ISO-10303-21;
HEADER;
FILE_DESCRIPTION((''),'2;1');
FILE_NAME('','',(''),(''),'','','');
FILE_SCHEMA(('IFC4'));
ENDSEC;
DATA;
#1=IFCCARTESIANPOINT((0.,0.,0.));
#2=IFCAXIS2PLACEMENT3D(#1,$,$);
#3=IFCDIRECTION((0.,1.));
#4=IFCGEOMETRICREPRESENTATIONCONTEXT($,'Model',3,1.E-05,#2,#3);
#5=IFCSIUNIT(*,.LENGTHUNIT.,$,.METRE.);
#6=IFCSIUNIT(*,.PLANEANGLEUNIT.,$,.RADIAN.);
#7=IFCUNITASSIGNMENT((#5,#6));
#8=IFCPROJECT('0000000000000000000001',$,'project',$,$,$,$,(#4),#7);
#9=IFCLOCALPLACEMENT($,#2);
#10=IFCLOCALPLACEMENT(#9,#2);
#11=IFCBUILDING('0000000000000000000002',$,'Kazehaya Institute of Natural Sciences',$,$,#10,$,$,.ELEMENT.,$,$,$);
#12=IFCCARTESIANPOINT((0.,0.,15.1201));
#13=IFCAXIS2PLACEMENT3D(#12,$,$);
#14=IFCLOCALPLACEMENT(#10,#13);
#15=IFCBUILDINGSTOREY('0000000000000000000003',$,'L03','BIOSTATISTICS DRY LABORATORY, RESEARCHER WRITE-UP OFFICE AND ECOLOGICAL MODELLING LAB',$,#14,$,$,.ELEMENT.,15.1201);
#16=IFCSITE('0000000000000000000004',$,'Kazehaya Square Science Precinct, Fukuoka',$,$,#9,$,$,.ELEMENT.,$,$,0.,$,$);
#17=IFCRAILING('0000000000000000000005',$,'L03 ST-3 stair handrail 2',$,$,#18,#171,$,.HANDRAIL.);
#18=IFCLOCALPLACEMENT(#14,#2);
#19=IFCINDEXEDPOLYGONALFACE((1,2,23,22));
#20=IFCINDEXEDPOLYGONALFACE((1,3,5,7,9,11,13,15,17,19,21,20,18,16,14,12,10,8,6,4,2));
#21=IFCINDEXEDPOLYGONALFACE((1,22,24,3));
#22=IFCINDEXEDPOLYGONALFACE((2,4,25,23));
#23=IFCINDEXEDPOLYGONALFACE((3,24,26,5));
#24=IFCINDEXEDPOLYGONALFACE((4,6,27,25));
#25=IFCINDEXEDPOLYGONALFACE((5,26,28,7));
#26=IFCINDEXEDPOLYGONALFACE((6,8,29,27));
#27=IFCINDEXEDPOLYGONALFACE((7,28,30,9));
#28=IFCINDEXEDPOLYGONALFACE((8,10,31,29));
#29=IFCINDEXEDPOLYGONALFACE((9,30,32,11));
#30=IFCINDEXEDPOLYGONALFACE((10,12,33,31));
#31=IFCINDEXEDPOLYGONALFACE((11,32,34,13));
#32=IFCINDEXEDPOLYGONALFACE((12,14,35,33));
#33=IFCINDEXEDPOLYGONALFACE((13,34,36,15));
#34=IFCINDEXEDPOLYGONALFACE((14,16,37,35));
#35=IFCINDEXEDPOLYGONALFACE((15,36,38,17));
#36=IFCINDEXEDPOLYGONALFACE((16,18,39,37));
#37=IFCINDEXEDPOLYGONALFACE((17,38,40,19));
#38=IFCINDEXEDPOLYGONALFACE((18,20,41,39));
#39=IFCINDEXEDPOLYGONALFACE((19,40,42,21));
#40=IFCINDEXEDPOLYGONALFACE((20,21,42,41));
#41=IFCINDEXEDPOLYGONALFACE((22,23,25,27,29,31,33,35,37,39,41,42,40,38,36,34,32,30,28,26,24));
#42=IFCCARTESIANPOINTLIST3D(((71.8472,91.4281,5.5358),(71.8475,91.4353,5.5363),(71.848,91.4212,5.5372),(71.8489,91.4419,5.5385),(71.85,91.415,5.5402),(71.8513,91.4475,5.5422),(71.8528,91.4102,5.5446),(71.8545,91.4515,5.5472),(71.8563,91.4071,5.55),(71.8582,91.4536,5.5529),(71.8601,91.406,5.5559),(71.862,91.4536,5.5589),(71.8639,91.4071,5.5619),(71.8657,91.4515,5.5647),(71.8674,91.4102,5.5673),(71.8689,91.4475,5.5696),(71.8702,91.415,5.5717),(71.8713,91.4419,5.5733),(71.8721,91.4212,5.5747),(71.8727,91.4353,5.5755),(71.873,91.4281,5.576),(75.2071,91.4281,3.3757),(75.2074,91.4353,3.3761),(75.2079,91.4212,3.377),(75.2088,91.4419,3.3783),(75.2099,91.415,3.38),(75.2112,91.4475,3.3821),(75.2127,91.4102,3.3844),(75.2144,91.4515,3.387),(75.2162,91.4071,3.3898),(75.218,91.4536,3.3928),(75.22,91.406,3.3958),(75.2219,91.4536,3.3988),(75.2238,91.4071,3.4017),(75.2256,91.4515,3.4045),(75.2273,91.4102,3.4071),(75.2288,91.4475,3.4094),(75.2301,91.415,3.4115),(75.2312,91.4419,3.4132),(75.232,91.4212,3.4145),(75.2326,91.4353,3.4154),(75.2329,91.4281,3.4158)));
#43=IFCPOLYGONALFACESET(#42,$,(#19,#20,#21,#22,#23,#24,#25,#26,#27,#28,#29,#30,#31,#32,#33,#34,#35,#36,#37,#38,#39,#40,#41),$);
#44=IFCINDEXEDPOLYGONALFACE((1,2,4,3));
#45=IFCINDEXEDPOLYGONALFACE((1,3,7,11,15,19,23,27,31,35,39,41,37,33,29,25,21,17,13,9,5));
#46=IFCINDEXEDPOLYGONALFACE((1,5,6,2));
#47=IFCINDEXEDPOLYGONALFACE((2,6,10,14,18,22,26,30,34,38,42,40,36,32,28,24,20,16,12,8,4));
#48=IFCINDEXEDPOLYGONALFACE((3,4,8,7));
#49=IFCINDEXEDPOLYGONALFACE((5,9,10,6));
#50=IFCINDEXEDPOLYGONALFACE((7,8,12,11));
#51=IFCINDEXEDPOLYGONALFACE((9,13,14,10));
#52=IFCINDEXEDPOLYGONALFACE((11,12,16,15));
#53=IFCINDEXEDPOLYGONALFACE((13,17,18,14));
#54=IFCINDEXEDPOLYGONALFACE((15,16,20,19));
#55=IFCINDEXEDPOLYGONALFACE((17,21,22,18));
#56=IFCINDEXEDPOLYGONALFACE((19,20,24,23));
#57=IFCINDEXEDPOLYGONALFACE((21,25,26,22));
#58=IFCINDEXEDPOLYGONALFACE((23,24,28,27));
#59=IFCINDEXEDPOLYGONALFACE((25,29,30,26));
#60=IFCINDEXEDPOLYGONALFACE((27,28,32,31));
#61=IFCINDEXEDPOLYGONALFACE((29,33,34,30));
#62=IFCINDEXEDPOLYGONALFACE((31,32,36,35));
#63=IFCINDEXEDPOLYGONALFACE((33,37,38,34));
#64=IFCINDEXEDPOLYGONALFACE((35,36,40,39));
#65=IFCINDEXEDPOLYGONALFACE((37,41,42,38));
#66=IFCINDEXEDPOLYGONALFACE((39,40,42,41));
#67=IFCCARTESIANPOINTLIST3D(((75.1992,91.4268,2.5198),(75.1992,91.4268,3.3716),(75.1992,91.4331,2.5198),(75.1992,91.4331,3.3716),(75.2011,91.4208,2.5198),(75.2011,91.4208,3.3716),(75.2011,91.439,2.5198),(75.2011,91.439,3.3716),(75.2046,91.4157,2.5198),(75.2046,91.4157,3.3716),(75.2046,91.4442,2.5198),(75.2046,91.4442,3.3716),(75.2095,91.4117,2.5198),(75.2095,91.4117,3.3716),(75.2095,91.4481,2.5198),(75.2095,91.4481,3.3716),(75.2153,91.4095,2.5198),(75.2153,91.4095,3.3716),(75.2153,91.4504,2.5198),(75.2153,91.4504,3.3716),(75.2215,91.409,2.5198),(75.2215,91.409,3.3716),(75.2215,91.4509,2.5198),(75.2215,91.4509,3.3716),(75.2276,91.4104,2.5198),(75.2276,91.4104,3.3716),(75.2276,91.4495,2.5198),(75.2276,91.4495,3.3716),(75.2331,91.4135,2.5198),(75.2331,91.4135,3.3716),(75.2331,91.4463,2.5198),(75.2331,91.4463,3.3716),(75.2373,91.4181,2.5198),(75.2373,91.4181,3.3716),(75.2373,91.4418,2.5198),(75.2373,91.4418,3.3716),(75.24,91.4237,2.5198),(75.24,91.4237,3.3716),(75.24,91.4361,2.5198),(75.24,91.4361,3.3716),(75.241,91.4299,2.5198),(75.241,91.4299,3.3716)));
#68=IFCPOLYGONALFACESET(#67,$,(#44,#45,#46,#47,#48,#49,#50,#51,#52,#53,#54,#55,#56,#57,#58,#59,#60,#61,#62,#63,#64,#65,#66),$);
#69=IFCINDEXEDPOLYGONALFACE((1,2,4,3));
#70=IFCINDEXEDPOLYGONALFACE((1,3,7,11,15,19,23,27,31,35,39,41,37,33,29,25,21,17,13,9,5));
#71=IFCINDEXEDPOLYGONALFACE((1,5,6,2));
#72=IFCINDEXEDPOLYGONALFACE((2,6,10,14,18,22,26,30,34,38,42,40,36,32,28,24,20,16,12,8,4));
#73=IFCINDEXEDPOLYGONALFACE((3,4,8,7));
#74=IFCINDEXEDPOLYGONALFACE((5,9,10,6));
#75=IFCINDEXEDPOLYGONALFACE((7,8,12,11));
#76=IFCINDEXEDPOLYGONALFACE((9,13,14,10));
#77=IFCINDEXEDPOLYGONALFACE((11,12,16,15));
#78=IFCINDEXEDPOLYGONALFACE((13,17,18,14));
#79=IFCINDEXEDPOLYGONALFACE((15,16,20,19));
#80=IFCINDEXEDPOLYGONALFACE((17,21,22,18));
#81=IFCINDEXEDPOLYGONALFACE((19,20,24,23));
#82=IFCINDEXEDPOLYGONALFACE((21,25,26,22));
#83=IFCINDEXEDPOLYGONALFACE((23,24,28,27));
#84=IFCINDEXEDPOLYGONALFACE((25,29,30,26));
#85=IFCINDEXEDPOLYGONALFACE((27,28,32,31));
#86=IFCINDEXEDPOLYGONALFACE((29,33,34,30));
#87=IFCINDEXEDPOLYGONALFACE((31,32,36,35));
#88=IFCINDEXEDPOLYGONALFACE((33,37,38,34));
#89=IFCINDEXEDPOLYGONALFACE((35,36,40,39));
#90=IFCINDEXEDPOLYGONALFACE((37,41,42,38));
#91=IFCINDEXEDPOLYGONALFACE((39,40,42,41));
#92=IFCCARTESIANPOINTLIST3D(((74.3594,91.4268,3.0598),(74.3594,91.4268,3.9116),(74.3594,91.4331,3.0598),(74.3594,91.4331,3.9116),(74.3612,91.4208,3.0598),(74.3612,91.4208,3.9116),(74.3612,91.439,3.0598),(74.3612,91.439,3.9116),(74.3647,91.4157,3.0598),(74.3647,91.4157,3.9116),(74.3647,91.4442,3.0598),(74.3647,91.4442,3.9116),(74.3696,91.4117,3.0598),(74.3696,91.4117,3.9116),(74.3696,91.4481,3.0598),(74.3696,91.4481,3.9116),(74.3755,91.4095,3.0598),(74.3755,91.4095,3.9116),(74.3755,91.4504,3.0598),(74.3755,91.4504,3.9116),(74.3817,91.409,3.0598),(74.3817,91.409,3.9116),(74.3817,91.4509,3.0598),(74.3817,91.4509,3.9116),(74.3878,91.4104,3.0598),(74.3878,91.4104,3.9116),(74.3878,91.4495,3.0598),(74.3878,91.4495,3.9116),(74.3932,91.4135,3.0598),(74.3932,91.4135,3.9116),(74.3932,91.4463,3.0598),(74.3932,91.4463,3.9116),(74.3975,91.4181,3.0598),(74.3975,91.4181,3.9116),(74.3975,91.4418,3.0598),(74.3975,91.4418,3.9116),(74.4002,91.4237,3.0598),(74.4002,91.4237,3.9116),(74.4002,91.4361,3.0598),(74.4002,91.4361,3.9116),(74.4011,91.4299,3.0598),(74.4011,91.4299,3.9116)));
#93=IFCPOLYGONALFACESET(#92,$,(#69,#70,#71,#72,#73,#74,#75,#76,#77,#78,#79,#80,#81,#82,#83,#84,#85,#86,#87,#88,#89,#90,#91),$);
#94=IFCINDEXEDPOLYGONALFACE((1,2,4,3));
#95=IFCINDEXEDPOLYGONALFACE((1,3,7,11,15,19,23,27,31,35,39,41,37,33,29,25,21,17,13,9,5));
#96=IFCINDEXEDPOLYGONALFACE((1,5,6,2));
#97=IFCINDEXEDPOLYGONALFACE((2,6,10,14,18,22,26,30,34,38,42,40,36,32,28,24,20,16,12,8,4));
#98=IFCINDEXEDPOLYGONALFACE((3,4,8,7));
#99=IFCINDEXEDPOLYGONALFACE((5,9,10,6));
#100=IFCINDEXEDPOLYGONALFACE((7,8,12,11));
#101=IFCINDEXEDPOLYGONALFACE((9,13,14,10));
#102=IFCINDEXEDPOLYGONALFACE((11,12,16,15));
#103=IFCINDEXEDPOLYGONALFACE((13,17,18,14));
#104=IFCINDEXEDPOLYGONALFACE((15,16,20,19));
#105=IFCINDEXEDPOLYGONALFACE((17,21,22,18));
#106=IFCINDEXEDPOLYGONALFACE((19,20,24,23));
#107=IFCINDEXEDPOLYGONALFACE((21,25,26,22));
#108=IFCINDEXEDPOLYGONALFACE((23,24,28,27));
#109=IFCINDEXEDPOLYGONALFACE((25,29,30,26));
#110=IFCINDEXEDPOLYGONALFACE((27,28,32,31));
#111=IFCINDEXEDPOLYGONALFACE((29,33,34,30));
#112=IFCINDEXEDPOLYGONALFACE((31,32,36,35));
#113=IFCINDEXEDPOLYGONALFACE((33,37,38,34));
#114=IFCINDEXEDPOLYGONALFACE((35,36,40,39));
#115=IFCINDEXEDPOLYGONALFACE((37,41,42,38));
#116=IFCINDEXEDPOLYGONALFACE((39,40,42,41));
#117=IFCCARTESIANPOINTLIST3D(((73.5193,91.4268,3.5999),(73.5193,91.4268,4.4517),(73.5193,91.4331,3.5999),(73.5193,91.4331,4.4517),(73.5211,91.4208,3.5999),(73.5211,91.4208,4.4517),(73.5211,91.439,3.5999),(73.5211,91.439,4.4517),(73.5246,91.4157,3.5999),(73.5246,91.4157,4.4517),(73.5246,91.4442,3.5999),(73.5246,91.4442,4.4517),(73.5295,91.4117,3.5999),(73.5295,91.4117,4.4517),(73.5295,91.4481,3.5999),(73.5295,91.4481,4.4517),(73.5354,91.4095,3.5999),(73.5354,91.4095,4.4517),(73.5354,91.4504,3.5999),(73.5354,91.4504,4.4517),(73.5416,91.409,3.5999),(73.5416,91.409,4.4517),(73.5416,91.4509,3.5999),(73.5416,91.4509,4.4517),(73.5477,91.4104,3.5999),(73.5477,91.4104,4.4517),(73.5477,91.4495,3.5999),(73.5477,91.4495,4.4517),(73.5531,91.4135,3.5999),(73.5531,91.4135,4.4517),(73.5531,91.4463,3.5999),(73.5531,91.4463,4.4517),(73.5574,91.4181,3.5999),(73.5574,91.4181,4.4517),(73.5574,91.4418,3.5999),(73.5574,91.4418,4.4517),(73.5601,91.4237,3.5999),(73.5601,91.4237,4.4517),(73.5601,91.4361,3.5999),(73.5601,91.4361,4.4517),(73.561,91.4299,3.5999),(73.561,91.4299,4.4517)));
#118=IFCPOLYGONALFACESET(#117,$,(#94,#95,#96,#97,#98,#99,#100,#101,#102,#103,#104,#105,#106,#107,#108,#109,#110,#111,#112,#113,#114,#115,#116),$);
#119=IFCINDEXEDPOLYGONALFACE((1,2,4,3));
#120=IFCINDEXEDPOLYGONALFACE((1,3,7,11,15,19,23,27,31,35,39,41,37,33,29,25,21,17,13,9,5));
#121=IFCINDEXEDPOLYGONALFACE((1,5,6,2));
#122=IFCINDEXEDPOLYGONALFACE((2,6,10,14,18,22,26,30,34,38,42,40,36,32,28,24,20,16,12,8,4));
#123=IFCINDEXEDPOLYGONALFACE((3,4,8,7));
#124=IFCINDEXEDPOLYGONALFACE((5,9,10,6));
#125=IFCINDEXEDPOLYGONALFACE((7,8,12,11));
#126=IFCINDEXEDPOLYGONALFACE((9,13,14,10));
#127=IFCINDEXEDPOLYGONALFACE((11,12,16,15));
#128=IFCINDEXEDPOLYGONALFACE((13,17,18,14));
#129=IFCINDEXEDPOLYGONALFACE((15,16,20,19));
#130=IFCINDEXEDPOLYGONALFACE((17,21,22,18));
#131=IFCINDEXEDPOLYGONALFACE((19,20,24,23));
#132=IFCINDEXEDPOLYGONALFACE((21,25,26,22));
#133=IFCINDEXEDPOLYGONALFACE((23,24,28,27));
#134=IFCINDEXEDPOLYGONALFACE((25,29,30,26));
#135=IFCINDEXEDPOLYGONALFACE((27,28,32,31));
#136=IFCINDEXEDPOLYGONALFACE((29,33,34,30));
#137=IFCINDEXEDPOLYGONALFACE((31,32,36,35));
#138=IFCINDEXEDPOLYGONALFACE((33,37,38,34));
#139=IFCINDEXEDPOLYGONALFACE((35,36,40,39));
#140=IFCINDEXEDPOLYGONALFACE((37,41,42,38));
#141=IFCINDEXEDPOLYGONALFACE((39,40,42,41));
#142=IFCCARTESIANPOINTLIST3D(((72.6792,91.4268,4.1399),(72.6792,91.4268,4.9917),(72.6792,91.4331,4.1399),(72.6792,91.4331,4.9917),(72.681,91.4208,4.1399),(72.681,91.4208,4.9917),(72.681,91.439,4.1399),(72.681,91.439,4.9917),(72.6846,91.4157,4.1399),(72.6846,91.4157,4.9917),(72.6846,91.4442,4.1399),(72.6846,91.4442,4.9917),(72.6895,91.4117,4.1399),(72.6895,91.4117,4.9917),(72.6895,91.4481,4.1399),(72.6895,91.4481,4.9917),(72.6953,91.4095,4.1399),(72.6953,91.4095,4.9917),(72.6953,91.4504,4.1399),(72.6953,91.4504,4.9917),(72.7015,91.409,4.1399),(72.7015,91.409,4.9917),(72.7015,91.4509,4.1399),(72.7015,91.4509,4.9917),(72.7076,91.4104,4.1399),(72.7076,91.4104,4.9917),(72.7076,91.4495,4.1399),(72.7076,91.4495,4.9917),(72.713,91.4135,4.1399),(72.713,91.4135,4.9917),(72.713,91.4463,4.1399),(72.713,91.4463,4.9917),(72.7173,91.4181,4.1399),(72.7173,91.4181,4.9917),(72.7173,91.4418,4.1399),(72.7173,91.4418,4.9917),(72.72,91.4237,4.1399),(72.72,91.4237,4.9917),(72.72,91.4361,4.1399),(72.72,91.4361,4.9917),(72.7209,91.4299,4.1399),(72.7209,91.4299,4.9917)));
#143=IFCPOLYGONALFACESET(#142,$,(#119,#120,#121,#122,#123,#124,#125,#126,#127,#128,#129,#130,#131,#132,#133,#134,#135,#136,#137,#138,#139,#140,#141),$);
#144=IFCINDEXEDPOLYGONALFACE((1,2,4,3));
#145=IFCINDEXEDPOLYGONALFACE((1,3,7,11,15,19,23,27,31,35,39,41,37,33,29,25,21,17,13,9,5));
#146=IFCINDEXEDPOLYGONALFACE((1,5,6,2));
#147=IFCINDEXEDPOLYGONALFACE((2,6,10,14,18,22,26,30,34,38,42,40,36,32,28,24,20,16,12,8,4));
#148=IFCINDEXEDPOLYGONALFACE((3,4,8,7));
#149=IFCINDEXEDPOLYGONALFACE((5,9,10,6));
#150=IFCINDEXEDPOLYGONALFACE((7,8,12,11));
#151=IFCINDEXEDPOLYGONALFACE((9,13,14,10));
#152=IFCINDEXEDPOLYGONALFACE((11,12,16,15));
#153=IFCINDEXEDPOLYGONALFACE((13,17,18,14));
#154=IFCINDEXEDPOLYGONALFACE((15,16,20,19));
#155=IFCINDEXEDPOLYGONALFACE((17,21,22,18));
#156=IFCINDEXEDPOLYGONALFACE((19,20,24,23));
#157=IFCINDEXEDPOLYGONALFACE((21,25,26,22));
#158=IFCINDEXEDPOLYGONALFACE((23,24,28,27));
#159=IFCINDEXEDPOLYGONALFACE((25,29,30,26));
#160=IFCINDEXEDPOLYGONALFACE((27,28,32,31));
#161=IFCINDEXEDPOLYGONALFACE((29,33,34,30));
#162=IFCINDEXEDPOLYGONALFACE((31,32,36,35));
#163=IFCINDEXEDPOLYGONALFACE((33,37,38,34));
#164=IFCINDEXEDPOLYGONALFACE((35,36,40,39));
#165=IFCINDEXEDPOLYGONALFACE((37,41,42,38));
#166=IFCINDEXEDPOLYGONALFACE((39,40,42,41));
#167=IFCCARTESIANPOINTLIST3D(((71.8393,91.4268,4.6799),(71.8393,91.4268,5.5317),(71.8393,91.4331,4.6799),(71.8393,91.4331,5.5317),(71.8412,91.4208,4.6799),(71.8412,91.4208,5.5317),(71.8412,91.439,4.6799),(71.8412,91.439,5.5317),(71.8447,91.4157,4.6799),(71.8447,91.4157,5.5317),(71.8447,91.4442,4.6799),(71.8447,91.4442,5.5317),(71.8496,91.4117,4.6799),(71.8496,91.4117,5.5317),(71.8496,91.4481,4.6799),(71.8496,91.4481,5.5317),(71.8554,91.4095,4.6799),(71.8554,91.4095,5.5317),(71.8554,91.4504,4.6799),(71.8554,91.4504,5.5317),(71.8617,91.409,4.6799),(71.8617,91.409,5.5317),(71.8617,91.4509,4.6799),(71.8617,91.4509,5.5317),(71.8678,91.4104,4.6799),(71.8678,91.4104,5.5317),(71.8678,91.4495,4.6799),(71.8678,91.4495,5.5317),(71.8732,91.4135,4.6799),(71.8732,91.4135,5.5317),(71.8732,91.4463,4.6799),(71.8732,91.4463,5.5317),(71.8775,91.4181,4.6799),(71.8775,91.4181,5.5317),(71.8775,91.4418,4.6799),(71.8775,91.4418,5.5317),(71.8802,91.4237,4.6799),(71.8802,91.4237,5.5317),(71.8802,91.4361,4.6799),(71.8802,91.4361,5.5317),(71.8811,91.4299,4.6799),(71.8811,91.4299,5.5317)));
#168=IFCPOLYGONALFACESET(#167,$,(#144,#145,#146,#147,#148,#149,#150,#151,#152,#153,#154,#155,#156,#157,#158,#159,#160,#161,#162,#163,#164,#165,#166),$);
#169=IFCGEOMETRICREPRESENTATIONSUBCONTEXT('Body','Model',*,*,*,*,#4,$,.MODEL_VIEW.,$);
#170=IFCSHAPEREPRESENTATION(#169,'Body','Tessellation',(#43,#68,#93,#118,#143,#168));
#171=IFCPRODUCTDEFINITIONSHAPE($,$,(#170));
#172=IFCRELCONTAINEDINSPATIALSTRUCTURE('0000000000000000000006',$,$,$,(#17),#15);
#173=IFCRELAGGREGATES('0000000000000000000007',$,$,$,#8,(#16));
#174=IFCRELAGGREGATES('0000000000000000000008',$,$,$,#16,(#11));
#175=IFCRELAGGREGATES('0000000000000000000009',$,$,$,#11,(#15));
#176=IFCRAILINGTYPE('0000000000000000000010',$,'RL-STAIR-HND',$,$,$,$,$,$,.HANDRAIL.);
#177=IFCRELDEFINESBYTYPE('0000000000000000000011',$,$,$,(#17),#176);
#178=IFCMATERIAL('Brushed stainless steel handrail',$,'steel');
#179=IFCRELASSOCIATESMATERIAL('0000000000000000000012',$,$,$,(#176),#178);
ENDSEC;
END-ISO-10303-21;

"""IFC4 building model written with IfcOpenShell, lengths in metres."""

from ifc_helpers import new_model, si_unit, direction, frame, origin, origin_2d, place, context, subcontext, project, spatial, circle, extrude, material, type_object, element, save


model = new_model("IFC4")

# Units and contexts
model_context = context("Model", 3, precision=1e-05, world=origin(), true_north=direction((0.0, 1.0)))
body_context = subcontext(model_context, "Body", "Model", "MODEL_VIEW")
ifc_project = project(units=[si_unit("LENGTHUNIT", "METRE"), si_unit("PLANEANGLEUNIT", "RADIAN")], contexts=[model_context])

# Site, building, storey
site_placement = place(None, origin())
site = spatial("IfcSite", under=ifc_project, at=site_placement, Name="Kazehaya Square Science Precinct, Fukuoka", CompositionType="ELEMENT", RefElevation=0.0)
building_placement = place(site_placement, origin())
building = spatial("IfcBuilding", under=site, at=building_placement, Name="Kazehaya Institute of Natural Sciences", CompositionType="ELEMENT")
storey_placement = place(building_placement, frame((0.0, 0.0, 15.1201)))
storey = spatial("IfcBuildingStorey", under=building, at=storey_placement, Name="L03", Description="BIOSTATISTICS DRY LABORATORY, RESEARCHER WRITE-UP OFFICE AND ECOLOGICAL MODELLING LAB", CompositionType="ELEMENT", Elevation=15.1201)

# Railing
ifc_material_1 = material(Name="Brushed stainless steel handrail", Category="steel")
railing_type_1 = type_object("IfcRailingType", Name="RL-STAIR-HND", PredefinedType="HANDRAIL", material=ifc_material_1)
railing_1_placement = place(storey_placement, frame((75.22, 91.4299, 2.5198)))
element("IfcRailing", 1, at=railing_1_placement, inside=storey, type_object=railing_type_1, Name="L03 ST-3 stair handrail 2", PredefinedType="HANDRAIL", context=body_context, shape_type="SweptSolid", body=[
    extrude(circle(Radius=0.0239, at=origin_2d()), frame((0.0, 0.0, 0.876), z_axis=(-0.841151, 0.0, 0.540801), x_axis=(0.0, -1.0, 0.0)), (0.0, 0.0, 1.0), 3.9944),
    extrude(circle(Radius=0.021, at=origin_2d()), origin(), (0.0, 0.0, 1.0), 0.8518),
    extrude(circle(Radius=0.021, at=origin_2d()), frame((-0.8398, 0.0, 0.54)), (0.0, 0.0, 1.0), 0.8518),
    extrude(circle(Radius=0.021, at=origin_2d()), frame((-1.6799, 0.0, 1.0801)), (0.0, 0.0, 1.0), 0.8518),
    extrude(circle(Radius=0.021, at=origin_2d()), frame((-2.52, 0.0, 1.6201)), (0.0, 0.0, 1.0), 0.8518),
    extrude(circle(Radius=0.021, at=origin_2d()), frame((-3.3599, 0.0, 2.1602)), (0.0, 0.0, 1.0), 0.8518),
])

save(model, "model.ifc")
